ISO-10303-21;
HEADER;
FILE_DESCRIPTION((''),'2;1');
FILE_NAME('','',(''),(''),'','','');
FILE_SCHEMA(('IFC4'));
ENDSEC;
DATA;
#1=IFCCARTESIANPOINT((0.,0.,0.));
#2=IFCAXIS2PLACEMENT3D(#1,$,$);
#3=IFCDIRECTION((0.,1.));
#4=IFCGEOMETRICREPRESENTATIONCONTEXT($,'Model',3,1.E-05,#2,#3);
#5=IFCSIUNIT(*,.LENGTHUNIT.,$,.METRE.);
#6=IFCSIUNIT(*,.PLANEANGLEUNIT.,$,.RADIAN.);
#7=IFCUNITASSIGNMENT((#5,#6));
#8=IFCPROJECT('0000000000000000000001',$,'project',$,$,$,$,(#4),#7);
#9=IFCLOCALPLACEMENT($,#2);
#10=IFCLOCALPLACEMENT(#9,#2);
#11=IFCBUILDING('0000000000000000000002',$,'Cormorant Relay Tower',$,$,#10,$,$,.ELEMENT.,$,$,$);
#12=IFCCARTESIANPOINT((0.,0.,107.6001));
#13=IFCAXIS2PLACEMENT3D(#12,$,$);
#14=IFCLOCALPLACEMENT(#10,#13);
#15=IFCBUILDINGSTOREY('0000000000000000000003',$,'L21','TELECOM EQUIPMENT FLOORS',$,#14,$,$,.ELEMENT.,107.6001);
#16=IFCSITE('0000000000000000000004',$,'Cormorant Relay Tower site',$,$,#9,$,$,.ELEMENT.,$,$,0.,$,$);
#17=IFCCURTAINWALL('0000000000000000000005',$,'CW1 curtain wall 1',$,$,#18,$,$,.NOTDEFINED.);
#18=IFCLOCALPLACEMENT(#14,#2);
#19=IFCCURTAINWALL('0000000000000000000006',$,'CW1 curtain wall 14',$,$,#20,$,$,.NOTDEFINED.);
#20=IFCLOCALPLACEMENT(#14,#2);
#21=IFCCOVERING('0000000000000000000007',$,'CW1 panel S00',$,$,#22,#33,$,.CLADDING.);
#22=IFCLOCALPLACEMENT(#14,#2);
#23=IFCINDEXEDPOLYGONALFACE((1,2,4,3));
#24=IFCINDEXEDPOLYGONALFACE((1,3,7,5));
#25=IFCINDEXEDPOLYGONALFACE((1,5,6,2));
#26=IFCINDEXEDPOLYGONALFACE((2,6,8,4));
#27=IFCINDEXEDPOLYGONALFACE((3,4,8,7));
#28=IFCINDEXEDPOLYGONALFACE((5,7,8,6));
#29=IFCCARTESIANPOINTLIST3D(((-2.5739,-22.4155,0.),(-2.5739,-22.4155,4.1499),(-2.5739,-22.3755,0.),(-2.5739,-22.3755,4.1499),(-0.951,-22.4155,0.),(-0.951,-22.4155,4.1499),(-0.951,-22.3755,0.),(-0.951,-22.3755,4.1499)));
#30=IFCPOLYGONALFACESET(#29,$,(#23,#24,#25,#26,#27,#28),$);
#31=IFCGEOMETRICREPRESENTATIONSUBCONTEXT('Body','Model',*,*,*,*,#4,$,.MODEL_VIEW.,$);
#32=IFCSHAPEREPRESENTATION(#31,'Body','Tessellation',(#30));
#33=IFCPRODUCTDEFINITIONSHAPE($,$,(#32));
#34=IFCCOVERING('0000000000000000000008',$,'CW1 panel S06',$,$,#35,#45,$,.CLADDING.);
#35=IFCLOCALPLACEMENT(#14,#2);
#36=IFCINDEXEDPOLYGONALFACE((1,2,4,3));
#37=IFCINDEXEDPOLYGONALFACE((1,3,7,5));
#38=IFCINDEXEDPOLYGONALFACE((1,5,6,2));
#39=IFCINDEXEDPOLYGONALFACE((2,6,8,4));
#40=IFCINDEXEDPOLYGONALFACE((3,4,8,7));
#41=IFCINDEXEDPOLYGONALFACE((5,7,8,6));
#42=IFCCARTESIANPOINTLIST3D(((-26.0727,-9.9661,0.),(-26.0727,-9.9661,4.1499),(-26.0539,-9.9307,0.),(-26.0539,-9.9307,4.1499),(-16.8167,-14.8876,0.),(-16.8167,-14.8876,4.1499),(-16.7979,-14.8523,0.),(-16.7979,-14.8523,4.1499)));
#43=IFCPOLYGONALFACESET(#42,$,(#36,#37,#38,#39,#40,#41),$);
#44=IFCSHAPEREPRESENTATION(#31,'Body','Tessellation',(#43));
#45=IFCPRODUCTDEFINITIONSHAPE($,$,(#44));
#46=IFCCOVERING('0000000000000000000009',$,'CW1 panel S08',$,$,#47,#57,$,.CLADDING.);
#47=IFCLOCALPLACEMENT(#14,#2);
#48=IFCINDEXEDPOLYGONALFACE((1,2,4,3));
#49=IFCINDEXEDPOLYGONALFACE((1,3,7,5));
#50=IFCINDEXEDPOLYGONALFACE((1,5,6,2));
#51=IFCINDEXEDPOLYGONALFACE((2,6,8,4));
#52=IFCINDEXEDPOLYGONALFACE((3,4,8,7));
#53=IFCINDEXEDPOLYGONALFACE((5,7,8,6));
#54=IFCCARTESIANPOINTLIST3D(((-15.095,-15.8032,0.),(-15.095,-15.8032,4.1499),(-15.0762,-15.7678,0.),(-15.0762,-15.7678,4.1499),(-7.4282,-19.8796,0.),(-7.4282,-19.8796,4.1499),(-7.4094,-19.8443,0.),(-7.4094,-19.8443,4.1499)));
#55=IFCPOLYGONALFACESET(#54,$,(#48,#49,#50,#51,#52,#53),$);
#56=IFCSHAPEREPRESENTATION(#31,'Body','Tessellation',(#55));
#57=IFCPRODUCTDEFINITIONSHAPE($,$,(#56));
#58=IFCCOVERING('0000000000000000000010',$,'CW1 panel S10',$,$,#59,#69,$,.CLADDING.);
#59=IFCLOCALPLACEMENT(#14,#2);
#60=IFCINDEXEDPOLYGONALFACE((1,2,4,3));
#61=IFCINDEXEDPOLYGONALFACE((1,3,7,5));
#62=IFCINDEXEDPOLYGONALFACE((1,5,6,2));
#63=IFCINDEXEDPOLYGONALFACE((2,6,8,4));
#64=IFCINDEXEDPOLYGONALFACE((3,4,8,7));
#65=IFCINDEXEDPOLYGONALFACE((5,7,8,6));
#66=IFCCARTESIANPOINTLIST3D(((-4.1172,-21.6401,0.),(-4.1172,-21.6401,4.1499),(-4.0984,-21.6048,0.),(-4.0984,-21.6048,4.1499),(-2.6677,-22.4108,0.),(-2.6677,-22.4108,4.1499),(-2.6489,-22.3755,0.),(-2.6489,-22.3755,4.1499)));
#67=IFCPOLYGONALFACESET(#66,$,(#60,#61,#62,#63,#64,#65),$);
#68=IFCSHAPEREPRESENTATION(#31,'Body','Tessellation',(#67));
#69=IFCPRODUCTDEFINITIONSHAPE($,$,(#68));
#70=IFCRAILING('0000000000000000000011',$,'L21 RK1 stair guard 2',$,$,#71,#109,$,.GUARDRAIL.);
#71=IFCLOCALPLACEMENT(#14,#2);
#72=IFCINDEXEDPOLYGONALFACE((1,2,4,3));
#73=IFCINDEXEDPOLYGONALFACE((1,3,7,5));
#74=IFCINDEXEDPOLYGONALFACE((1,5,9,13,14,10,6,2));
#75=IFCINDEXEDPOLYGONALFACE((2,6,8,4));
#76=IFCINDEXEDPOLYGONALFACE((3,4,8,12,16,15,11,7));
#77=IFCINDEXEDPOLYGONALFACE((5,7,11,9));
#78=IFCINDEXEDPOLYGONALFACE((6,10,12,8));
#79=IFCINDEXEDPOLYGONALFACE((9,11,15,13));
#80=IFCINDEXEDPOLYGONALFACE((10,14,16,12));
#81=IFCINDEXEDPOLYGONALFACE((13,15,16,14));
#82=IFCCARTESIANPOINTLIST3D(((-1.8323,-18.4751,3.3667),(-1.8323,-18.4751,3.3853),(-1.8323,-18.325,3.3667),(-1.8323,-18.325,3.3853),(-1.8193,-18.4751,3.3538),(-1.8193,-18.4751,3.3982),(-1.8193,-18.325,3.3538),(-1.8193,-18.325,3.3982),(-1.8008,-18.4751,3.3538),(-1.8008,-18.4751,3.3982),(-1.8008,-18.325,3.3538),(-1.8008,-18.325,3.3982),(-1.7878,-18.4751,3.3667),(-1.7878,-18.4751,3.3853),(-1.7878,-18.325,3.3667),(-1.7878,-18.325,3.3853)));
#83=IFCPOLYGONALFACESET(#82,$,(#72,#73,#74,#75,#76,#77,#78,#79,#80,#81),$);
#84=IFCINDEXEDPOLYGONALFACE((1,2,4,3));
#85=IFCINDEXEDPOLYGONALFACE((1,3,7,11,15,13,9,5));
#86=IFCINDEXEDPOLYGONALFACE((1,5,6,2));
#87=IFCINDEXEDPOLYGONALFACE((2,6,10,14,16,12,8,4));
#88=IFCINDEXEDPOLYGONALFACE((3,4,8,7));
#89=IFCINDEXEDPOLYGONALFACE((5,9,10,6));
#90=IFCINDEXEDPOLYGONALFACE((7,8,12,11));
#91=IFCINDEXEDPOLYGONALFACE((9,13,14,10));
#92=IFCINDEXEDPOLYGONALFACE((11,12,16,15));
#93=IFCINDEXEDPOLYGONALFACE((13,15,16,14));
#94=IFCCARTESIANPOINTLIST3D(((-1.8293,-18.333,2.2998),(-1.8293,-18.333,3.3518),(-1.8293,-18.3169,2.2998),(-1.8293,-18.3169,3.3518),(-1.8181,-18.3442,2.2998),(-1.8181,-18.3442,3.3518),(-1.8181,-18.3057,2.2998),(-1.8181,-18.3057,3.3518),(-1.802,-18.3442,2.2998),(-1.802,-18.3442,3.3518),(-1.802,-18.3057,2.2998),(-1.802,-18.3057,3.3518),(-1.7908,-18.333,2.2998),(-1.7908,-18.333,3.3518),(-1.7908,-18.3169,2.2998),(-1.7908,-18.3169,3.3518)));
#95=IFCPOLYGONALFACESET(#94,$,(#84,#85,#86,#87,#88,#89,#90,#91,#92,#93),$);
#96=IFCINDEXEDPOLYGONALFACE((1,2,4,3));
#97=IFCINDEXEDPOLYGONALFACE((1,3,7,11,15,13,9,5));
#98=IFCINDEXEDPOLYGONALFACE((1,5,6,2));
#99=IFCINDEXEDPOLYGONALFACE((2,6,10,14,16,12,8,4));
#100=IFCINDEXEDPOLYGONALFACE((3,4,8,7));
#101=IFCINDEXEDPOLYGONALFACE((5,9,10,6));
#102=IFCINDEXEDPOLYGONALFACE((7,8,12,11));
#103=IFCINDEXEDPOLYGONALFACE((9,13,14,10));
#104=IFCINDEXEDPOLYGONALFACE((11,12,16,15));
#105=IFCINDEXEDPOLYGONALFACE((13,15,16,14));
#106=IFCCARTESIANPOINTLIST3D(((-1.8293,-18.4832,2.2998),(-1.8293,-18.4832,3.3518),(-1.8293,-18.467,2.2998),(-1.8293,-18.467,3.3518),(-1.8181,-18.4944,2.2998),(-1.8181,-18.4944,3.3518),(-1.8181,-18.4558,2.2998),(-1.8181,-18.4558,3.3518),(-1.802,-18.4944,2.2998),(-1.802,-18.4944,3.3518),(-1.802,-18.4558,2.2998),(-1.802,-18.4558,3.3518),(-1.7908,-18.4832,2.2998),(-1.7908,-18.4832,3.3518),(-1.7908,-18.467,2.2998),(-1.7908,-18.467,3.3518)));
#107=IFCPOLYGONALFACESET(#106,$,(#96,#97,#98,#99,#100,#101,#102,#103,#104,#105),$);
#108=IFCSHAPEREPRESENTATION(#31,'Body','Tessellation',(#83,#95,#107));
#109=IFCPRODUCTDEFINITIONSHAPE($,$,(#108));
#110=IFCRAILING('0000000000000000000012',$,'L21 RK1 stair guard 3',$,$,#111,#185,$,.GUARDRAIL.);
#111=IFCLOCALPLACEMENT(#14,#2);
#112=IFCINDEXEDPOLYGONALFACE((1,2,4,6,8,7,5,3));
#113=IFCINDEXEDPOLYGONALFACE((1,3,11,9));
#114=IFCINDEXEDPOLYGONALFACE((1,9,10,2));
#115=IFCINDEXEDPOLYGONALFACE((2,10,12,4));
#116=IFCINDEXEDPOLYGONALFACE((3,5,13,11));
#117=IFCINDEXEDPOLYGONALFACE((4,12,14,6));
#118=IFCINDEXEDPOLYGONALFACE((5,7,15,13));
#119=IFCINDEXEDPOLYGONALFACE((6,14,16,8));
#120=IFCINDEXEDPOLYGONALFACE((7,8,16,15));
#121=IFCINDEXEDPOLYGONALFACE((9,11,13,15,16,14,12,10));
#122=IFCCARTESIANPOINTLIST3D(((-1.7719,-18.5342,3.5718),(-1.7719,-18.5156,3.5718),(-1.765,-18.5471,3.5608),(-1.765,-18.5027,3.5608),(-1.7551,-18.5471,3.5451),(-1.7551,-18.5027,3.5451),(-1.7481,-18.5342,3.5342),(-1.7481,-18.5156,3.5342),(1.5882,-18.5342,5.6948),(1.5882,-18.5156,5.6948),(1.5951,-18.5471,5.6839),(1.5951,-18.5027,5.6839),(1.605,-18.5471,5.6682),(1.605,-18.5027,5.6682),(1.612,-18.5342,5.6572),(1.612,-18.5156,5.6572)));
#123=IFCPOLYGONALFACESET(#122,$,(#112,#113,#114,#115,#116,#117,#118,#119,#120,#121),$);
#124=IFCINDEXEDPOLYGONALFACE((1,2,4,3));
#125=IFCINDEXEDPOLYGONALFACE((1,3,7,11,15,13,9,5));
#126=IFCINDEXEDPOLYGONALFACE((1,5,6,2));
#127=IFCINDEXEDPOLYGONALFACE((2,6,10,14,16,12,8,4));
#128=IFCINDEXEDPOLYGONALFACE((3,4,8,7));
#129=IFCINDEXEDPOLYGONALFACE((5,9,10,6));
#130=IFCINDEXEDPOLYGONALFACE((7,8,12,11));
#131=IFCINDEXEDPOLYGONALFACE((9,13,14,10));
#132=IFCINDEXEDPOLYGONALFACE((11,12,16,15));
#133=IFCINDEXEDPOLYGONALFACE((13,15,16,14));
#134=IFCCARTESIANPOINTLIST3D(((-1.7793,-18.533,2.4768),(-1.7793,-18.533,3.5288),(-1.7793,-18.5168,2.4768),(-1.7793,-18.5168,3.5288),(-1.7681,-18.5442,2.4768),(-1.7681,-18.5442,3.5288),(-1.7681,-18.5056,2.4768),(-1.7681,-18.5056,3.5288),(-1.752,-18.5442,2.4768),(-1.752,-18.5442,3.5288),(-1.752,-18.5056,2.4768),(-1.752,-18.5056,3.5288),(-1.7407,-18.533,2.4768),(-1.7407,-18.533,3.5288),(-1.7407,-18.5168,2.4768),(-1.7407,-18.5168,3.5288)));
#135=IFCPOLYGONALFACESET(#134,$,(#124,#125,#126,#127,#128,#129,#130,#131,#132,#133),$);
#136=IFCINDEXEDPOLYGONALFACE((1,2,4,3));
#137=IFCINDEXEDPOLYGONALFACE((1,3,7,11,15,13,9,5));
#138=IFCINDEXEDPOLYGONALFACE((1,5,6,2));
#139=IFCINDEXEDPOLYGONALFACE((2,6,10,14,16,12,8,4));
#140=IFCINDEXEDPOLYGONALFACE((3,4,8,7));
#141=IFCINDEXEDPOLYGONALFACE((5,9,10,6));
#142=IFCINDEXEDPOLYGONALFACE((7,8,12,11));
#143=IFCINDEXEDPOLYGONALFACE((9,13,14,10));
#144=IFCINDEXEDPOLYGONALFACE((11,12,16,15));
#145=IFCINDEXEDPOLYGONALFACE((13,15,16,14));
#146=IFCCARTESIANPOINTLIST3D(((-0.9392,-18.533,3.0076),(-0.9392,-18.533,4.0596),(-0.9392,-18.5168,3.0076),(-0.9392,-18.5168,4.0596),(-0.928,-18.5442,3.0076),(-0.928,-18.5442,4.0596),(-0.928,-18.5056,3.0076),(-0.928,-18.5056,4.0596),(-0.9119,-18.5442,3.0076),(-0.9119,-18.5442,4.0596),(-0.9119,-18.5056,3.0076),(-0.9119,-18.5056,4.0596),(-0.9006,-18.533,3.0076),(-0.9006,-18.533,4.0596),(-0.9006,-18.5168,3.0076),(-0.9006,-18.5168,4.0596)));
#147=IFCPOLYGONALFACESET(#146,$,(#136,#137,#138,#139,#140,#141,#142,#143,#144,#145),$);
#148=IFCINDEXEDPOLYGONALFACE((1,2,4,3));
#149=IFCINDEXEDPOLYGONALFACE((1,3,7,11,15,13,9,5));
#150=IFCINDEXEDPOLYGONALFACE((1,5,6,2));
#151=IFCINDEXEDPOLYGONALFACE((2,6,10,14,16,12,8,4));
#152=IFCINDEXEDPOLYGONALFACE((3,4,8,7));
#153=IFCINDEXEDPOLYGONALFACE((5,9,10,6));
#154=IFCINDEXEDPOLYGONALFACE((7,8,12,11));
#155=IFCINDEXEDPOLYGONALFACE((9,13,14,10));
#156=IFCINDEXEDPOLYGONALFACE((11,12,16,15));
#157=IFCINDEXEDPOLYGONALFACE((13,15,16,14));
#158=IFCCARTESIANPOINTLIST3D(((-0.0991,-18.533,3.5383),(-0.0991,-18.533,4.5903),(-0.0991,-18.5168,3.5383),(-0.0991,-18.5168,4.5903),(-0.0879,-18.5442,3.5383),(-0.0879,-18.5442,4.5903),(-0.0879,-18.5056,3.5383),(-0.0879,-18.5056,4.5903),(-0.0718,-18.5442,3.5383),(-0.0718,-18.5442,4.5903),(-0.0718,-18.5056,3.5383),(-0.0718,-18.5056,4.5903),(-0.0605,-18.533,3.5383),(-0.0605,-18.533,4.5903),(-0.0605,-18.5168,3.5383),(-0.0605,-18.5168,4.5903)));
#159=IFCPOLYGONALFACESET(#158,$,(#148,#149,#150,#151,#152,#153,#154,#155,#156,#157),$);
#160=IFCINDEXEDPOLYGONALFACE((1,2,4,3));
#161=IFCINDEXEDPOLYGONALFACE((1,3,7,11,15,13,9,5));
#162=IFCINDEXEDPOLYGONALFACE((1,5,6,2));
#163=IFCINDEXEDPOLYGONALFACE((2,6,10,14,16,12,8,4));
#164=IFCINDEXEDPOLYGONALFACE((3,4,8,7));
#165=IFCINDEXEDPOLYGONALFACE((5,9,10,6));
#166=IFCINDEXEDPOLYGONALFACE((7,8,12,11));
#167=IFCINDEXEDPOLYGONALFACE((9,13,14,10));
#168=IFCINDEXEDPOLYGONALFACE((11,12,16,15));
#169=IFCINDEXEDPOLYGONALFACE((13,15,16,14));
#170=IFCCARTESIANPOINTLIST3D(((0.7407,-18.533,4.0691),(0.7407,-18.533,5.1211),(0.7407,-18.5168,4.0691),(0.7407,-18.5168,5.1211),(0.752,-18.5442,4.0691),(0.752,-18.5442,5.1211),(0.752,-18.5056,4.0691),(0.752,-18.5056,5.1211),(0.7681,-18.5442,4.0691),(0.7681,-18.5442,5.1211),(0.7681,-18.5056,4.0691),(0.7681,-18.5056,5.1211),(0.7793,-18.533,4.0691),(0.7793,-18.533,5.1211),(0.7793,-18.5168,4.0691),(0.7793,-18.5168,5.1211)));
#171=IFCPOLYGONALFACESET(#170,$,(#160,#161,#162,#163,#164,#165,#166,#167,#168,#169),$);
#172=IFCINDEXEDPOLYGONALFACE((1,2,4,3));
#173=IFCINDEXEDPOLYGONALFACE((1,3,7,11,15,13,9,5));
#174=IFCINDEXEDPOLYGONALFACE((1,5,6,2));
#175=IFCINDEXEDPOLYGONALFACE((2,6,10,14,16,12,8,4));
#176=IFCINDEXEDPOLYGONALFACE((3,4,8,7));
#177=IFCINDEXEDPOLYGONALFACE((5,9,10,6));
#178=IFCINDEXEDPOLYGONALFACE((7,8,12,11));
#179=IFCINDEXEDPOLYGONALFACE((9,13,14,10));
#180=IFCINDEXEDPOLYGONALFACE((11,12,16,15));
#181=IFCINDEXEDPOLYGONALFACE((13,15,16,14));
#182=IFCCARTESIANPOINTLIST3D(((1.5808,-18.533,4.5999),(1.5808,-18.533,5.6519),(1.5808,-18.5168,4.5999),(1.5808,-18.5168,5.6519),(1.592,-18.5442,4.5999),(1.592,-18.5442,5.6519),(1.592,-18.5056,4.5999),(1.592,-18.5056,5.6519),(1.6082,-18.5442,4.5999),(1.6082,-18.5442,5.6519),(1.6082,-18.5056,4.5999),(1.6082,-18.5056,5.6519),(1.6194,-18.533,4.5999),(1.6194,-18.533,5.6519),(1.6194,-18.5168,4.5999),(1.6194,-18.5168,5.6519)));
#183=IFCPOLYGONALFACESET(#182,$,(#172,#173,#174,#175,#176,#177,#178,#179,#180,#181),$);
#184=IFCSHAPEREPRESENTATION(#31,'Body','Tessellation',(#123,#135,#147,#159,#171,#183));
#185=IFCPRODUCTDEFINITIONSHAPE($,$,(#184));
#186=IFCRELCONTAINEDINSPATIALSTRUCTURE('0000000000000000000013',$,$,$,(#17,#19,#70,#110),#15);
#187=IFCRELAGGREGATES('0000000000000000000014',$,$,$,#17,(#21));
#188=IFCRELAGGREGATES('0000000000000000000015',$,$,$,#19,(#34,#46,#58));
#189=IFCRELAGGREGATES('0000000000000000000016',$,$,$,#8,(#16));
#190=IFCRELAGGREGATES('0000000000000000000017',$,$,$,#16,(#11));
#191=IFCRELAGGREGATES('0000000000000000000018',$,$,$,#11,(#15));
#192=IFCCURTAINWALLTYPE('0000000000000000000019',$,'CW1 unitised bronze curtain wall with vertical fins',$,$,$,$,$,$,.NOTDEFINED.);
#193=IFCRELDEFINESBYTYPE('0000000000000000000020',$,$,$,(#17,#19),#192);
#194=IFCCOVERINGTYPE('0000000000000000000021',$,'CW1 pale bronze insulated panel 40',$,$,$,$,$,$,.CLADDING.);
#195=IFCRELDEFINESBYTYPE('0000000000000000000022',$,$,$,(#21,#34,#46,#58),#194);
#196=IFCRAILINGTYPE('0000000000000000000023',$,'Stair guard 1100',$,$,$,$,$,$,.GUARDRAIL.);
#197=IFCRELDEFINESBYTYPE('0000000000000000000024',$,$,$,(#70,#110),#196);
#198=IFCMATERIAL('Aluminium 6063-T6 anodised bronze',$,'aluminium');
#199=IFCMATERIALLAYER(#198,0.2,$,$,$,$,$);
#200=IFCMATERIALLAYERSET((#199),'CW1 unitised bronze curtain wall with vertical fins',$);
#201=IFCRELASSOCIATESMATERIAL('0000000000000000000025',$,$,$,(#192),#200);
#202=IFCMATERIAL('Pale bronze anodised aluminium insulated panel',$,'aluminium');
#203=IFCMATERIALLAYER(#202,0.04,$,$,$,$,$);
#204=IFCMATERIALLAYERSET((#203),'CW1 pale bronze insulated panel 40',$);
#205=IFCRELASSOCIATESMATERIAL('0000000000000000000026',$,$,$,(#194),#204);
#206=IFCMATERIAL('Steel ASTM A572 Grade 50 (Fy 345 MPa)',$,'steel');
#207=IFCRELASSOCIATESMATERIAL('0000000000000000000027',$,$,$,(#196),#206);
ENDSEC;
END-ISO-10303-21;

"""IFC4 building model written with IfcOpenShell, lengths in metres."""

from ifc_helpers import new_model, si_unit, direction, frame, origin, origin_2d, place, context, subcontext, project, spatial, polyline, rectangle, outline, extrude, material, layer, layer_set, type_object, element, aggregate, save


model = new_model("IFC4")

# Units and contexts
model_context = context("Model", 3, precision=1e-05, world=origin(), true_north=direction((0.0, 1.0)))
body_context = subcontext(model_context, "Body", "Model", "MODEL_VIEW")
ifc_project = project(units=[si_unit("LENGTHUNIT", "METRE"), si_unit("PLANEANGLEUNIT", "RADIAN")], contexts=[model_context])

# Site, building, storey
site_placement = place(None, origin())
site = spatial("IfcSite", under=ifc_project, at=site_placement, Name="Cormorant Relay Tower site", CompositionType="ELEMENT", RefElevation=0.0)
building_placement = place(site_placement, origin())
building = spatial("IfcBuilding", under=site, at=building_placement, Name="Cormorant Relay Tower", CompositionType="ELEMENT")
storey_placement = place(building_placement, frame((0.0, 0.0, 107.6001)))
storey = spatial("IfcBuildingStorey", under=building, at=storey_placement, Name="L21", Description="TELECOM EQUIPMENT FLOORS", CompositionType="ELEMENT", Elevation=107.6001)

# Curtain wall
ifc_material_1 = material(Name="Aluminium 6063-T6 anodised bronze", Category="aluminium")
ifc_layer_1 = layer(ifc_material_1, 0.2)
ifc_layer_set_1 = layer_set([ifc_layer_1], Name="CW1 unitised bronze curtain wall with vertical fins")
curtain_wall_type = type_object("IfcCurtainWallType", Name="CW1 unitised bronze curtain wall with vertical fins", PredefinedType="NOTDEFINED", material=ifc_layer_set_1)
curtain_wall_1_placement = place(storey_placement, origin())
curtain_wall_1 = element("IfcCurtainWall", 1, at=curtain_wall_1_placement, inside=storey, type_object=curtain_wall_type, Name="CW1 curtain wall 1", PredefinedType="NOTDEFINED")

# Curtain wall
curtain_wall_2_placement = place(storey_placement, origin())
curtain_wall_2 = element("IfcCurtainWall", 2, at=curtain_wall_2_placement, inside=storey, type_object=curtain_wall_type, Name="CW1 curtain wall 14", PredefinedType="NOTDEFINED")

# Coverings
ifc_material_2 = material(Name="Pale bronze anodised aluminium insulated panel", Category="aluminium")
ifc_layer_2 = layer(ifc_material_2, 0.04)
ifc_layer_set_2 = layer_set([ifc_layer_2], Name="CW1 pale bronze insulated panel 40")
covering_type = type_object("IfcCoveringType", Name="CW1 pale bronze insulated panel 40", PredefinedType="CLADDING", material=ifc_layer_set_2)
covering_1_placement = place(storey_placement, frame((-1.7625, -22.3955, 0.0), z_axis=(0.0, 0.0, 1.0), x_axis=(1.0, 0.0, 0.0)))
covering_1 = element("IfcCovering", 3, at=covering_1_placement, type_object=covering_type, Name="CW1 panel S00", PredefinedType="CLADDING", context=body_context, shape_type="SweptSolid", body=[
    extrude(rectangle(XDim=1.6228, YDim=0.04, at=origin_2d()), origin(), (0.0, 0.0, 1.0), 4.1499),
])
aggregate(curtain_wall_1, [covering_1])
covering_2_placement = place(storey_placement, frame((-21.4353, -12.4092, 0.0), z_axis=(0.0, 0.0, 1.0), x_axis=(0.882948, -0.469472, 0.0)))
covering_2 = element("IfcCovering", 4, at=covering_2_placement, type_object=covering_type, Name="CW1 panel S06", PredefinedType="CLADDING", context=body_context, shape_type="SweptSolid", body=[
    extrude(rectangle(XDim=10.4832, YDim=0.04, at=origin_2d()), origin(), (0.0, 0.0, 1.0), 4.1499),
])
covering_3_placement = place(storey_placement, frame((-11.2522, -17.8237, 0.0), z_axis=(0.0, 0.0, 1.0), x_axis=(0.882948, -0.469472, 0.0)))
covering_3 = element("IfcCovering", 5, at=covering_3_placement, type_object=covering_type, Name="CW1 panel S08", PredefinedType="CLADDING", context=body_context, shape_type="SweptSolid", body=[
    extrude(rectangle(XDim=8.6831, YDim=0.04, at=origin_2d()), origin(), (0.0, 0.0, 1.0), 4.1499),
])
covering_4_placement = place(storey_placement, frame((-3.3831, -22.0078, 0.0), z_axis=(0.0, 0.0, 1.0), x_axis=(0.882948, -0.469472, 0.0)))
covering_4 = element("IfcCovering", 6, at=covering_4_placement, type_object=covering_type, Name="CW1 panel S10", PredefinedType="CLADDING", context=body_context, shape_type="SweptSolid", body=[
    extrude(rectangle(XDim=1.6416, YDim=0.04, at=origin_2d()), origin(), (0.0, 0.0, 1.0), 4.1499),
])
aggregate(curtain_wall_2, [covering_2, covering_3, covering_4])

# Railings
ifc_material_3 = material(Name="Steel ASTM A572 Grade 50 (Fy 345 MPa)", Category="steel")
railing_type_1 = type_object("IfcRailingType", Name="Stair guard 1100", PredefinedType="GUARDRAIL", material=ifc_material_3)
railing_1_placement = place(storey_placement, frame((-1.8101, -18.325, 2.2998)))
element("IfcRailing", 7, at=railing_1_placement, inside=storey, type_object=railing_type_1, Name="L21 RK1 stair guard 2", PredefinedType="GUARDRAIL", context=body_context, shape_type="SweptSolid", body=[
    extrude(outline(polyline([(0.0222, 0.0093), (0.0093, 0.0222), (-0.0093, 0.0222), (-0.0222, 0.0093), (-0.0222, -0.0093), (-0.0093, -0.0222), (0.0093, -0.0222), (0.0222, -0.0093), (0.0222, 0.0093)])), frame((0.0, 0.0, 1.0762), z_axis=(0.0, -1.0, 0.0), x_axis=(1.0, 0.0, 0.0)), (0.0, 0.0, 1.0), 0.1501),
    extrude(outline(polyline([(0.0193, 0.0081), (0.0081, 0.0193), (-0.0081, 0.0193), (-0.0193, 0.0081), (-0.0193, -0.0081), (-0.0081, -0.0193), (0.0081, -0.0193), (0.0193, -0.0081), (0.0193, 0.0081)])), origin(), (0.0, 0.0, 1.0), 1.052),
    extrude(outline(polyline([(0.0193, 0.0081), (0.0081, 0.0193), (-0.0081, 0.0193), (-0.0193, 0.0081), (-0.0193, -0.0081), (-0.0081, -0.0193), (0.0081, -0.0193), (0.0193, -0.0081), (0.0193, 0.0081)])), frame((0.0, -0.1501, 0.0)), (0.0, 0.0, 1.0), 1.052),
])
railing_2_placement = place(storey_placement, frame((-1.76, -18.5249, 2.4768)))
element("IfcRailing", 8, at=railing_2_placement, inside=storey, type_object=railing_type_1, Name="L21 RK1 stair guard 3", PredefinedType="GUARDRAIL", context=body_context, shape_type="SweptSolid", body=[
    extrude(outline(polyline([(0.0222, 0.0093), (0.0093, 0.0222), (-0.0093, 0.0222), (-0.0222, 0.0093), (-0.0222, -0.0093), (-0.0093, -0.0222), (0.0093, -0.0222), (0.0222, -0.0093), (0.0222, 0.0093)])), frame((0.0, 0.0, 1.0762), z_axis=(0.84539, 0.0, 0.53415), x_axis=(0.0, 1.0, 0.0)), (0.0, 0.0, 1.0), 3.9746),
    extrude(outline(polyline([(0.0193, 0.0081), (0.0081, 0.0193), (-0.0081, 0.0193), (-0.0193, 0.0081), (-0.0193, -0.0081), (-0.0081, -0.0193), (0.0081, -0.0193), (0.0193, -0.0081), (0.0193, 0.0081)])), origin(), (0.0, 0.0, 1.0), 1.052),
    extrude(outline(polyline([(0.0193, 0.0081), (0.0081, 0.0193), (-0.0081, 0.0193), (-0.0193, 0.0081), (-0.0193, -0.0081), (-0.0081, -0.0193), (0.0081, -0.0193), (0.0193, -0.0081), (0.0193, 0.0081)])), frame((0.8401, 0.0, 0.5308)), (0.0, 0.0, 1.0), 1.052),
    extrude(outline(polyline([(0.0193, 0.0081), (0.0081, 0.0193), (-0.0081, 0.0193), (-0.0193, 0.0081), (-0.0193, -0.0081), (-0.0081, -0.0193), (0.0081, -0.0193), (0.0193, -0.0081), (0.0193, 0.0081)])), frame((1.6802, 0.0, 1.0615)), (0.0, 0.0, 1.0), 1.052),
    extrude(outline(polyline([(0.0193, 0.0081), (0.0081, 0.0193), (-0.0081, 0.0193), (-0.0193, 0.0081), (-0.0193, -0.0081), (-0.0081, -0.0193), (0.0081, -0.0193), (0.0193, -0.0081), (0.0193, 0.0081)])), frame((2.52, 0.0, 1.5923)), (0.0, 0.0, 1.0), 1.052),
    extrude(outline(polyline([(0.0193, 0.0081), (0.0081, 0.0193), (-0.0081, 0.0193), (-0.0193, 0.0081), (-0.0193, -0.0081), (-0.0081, -0.0193), (0.0081, -0.0193), (0.0193, -0.0081), (0.0193, 0.0081)])), frame((3.3601, 0.0, 2.123)), (0.0, 0.0, 1.0), 1.052),
])

save(model, "model.ifc")
